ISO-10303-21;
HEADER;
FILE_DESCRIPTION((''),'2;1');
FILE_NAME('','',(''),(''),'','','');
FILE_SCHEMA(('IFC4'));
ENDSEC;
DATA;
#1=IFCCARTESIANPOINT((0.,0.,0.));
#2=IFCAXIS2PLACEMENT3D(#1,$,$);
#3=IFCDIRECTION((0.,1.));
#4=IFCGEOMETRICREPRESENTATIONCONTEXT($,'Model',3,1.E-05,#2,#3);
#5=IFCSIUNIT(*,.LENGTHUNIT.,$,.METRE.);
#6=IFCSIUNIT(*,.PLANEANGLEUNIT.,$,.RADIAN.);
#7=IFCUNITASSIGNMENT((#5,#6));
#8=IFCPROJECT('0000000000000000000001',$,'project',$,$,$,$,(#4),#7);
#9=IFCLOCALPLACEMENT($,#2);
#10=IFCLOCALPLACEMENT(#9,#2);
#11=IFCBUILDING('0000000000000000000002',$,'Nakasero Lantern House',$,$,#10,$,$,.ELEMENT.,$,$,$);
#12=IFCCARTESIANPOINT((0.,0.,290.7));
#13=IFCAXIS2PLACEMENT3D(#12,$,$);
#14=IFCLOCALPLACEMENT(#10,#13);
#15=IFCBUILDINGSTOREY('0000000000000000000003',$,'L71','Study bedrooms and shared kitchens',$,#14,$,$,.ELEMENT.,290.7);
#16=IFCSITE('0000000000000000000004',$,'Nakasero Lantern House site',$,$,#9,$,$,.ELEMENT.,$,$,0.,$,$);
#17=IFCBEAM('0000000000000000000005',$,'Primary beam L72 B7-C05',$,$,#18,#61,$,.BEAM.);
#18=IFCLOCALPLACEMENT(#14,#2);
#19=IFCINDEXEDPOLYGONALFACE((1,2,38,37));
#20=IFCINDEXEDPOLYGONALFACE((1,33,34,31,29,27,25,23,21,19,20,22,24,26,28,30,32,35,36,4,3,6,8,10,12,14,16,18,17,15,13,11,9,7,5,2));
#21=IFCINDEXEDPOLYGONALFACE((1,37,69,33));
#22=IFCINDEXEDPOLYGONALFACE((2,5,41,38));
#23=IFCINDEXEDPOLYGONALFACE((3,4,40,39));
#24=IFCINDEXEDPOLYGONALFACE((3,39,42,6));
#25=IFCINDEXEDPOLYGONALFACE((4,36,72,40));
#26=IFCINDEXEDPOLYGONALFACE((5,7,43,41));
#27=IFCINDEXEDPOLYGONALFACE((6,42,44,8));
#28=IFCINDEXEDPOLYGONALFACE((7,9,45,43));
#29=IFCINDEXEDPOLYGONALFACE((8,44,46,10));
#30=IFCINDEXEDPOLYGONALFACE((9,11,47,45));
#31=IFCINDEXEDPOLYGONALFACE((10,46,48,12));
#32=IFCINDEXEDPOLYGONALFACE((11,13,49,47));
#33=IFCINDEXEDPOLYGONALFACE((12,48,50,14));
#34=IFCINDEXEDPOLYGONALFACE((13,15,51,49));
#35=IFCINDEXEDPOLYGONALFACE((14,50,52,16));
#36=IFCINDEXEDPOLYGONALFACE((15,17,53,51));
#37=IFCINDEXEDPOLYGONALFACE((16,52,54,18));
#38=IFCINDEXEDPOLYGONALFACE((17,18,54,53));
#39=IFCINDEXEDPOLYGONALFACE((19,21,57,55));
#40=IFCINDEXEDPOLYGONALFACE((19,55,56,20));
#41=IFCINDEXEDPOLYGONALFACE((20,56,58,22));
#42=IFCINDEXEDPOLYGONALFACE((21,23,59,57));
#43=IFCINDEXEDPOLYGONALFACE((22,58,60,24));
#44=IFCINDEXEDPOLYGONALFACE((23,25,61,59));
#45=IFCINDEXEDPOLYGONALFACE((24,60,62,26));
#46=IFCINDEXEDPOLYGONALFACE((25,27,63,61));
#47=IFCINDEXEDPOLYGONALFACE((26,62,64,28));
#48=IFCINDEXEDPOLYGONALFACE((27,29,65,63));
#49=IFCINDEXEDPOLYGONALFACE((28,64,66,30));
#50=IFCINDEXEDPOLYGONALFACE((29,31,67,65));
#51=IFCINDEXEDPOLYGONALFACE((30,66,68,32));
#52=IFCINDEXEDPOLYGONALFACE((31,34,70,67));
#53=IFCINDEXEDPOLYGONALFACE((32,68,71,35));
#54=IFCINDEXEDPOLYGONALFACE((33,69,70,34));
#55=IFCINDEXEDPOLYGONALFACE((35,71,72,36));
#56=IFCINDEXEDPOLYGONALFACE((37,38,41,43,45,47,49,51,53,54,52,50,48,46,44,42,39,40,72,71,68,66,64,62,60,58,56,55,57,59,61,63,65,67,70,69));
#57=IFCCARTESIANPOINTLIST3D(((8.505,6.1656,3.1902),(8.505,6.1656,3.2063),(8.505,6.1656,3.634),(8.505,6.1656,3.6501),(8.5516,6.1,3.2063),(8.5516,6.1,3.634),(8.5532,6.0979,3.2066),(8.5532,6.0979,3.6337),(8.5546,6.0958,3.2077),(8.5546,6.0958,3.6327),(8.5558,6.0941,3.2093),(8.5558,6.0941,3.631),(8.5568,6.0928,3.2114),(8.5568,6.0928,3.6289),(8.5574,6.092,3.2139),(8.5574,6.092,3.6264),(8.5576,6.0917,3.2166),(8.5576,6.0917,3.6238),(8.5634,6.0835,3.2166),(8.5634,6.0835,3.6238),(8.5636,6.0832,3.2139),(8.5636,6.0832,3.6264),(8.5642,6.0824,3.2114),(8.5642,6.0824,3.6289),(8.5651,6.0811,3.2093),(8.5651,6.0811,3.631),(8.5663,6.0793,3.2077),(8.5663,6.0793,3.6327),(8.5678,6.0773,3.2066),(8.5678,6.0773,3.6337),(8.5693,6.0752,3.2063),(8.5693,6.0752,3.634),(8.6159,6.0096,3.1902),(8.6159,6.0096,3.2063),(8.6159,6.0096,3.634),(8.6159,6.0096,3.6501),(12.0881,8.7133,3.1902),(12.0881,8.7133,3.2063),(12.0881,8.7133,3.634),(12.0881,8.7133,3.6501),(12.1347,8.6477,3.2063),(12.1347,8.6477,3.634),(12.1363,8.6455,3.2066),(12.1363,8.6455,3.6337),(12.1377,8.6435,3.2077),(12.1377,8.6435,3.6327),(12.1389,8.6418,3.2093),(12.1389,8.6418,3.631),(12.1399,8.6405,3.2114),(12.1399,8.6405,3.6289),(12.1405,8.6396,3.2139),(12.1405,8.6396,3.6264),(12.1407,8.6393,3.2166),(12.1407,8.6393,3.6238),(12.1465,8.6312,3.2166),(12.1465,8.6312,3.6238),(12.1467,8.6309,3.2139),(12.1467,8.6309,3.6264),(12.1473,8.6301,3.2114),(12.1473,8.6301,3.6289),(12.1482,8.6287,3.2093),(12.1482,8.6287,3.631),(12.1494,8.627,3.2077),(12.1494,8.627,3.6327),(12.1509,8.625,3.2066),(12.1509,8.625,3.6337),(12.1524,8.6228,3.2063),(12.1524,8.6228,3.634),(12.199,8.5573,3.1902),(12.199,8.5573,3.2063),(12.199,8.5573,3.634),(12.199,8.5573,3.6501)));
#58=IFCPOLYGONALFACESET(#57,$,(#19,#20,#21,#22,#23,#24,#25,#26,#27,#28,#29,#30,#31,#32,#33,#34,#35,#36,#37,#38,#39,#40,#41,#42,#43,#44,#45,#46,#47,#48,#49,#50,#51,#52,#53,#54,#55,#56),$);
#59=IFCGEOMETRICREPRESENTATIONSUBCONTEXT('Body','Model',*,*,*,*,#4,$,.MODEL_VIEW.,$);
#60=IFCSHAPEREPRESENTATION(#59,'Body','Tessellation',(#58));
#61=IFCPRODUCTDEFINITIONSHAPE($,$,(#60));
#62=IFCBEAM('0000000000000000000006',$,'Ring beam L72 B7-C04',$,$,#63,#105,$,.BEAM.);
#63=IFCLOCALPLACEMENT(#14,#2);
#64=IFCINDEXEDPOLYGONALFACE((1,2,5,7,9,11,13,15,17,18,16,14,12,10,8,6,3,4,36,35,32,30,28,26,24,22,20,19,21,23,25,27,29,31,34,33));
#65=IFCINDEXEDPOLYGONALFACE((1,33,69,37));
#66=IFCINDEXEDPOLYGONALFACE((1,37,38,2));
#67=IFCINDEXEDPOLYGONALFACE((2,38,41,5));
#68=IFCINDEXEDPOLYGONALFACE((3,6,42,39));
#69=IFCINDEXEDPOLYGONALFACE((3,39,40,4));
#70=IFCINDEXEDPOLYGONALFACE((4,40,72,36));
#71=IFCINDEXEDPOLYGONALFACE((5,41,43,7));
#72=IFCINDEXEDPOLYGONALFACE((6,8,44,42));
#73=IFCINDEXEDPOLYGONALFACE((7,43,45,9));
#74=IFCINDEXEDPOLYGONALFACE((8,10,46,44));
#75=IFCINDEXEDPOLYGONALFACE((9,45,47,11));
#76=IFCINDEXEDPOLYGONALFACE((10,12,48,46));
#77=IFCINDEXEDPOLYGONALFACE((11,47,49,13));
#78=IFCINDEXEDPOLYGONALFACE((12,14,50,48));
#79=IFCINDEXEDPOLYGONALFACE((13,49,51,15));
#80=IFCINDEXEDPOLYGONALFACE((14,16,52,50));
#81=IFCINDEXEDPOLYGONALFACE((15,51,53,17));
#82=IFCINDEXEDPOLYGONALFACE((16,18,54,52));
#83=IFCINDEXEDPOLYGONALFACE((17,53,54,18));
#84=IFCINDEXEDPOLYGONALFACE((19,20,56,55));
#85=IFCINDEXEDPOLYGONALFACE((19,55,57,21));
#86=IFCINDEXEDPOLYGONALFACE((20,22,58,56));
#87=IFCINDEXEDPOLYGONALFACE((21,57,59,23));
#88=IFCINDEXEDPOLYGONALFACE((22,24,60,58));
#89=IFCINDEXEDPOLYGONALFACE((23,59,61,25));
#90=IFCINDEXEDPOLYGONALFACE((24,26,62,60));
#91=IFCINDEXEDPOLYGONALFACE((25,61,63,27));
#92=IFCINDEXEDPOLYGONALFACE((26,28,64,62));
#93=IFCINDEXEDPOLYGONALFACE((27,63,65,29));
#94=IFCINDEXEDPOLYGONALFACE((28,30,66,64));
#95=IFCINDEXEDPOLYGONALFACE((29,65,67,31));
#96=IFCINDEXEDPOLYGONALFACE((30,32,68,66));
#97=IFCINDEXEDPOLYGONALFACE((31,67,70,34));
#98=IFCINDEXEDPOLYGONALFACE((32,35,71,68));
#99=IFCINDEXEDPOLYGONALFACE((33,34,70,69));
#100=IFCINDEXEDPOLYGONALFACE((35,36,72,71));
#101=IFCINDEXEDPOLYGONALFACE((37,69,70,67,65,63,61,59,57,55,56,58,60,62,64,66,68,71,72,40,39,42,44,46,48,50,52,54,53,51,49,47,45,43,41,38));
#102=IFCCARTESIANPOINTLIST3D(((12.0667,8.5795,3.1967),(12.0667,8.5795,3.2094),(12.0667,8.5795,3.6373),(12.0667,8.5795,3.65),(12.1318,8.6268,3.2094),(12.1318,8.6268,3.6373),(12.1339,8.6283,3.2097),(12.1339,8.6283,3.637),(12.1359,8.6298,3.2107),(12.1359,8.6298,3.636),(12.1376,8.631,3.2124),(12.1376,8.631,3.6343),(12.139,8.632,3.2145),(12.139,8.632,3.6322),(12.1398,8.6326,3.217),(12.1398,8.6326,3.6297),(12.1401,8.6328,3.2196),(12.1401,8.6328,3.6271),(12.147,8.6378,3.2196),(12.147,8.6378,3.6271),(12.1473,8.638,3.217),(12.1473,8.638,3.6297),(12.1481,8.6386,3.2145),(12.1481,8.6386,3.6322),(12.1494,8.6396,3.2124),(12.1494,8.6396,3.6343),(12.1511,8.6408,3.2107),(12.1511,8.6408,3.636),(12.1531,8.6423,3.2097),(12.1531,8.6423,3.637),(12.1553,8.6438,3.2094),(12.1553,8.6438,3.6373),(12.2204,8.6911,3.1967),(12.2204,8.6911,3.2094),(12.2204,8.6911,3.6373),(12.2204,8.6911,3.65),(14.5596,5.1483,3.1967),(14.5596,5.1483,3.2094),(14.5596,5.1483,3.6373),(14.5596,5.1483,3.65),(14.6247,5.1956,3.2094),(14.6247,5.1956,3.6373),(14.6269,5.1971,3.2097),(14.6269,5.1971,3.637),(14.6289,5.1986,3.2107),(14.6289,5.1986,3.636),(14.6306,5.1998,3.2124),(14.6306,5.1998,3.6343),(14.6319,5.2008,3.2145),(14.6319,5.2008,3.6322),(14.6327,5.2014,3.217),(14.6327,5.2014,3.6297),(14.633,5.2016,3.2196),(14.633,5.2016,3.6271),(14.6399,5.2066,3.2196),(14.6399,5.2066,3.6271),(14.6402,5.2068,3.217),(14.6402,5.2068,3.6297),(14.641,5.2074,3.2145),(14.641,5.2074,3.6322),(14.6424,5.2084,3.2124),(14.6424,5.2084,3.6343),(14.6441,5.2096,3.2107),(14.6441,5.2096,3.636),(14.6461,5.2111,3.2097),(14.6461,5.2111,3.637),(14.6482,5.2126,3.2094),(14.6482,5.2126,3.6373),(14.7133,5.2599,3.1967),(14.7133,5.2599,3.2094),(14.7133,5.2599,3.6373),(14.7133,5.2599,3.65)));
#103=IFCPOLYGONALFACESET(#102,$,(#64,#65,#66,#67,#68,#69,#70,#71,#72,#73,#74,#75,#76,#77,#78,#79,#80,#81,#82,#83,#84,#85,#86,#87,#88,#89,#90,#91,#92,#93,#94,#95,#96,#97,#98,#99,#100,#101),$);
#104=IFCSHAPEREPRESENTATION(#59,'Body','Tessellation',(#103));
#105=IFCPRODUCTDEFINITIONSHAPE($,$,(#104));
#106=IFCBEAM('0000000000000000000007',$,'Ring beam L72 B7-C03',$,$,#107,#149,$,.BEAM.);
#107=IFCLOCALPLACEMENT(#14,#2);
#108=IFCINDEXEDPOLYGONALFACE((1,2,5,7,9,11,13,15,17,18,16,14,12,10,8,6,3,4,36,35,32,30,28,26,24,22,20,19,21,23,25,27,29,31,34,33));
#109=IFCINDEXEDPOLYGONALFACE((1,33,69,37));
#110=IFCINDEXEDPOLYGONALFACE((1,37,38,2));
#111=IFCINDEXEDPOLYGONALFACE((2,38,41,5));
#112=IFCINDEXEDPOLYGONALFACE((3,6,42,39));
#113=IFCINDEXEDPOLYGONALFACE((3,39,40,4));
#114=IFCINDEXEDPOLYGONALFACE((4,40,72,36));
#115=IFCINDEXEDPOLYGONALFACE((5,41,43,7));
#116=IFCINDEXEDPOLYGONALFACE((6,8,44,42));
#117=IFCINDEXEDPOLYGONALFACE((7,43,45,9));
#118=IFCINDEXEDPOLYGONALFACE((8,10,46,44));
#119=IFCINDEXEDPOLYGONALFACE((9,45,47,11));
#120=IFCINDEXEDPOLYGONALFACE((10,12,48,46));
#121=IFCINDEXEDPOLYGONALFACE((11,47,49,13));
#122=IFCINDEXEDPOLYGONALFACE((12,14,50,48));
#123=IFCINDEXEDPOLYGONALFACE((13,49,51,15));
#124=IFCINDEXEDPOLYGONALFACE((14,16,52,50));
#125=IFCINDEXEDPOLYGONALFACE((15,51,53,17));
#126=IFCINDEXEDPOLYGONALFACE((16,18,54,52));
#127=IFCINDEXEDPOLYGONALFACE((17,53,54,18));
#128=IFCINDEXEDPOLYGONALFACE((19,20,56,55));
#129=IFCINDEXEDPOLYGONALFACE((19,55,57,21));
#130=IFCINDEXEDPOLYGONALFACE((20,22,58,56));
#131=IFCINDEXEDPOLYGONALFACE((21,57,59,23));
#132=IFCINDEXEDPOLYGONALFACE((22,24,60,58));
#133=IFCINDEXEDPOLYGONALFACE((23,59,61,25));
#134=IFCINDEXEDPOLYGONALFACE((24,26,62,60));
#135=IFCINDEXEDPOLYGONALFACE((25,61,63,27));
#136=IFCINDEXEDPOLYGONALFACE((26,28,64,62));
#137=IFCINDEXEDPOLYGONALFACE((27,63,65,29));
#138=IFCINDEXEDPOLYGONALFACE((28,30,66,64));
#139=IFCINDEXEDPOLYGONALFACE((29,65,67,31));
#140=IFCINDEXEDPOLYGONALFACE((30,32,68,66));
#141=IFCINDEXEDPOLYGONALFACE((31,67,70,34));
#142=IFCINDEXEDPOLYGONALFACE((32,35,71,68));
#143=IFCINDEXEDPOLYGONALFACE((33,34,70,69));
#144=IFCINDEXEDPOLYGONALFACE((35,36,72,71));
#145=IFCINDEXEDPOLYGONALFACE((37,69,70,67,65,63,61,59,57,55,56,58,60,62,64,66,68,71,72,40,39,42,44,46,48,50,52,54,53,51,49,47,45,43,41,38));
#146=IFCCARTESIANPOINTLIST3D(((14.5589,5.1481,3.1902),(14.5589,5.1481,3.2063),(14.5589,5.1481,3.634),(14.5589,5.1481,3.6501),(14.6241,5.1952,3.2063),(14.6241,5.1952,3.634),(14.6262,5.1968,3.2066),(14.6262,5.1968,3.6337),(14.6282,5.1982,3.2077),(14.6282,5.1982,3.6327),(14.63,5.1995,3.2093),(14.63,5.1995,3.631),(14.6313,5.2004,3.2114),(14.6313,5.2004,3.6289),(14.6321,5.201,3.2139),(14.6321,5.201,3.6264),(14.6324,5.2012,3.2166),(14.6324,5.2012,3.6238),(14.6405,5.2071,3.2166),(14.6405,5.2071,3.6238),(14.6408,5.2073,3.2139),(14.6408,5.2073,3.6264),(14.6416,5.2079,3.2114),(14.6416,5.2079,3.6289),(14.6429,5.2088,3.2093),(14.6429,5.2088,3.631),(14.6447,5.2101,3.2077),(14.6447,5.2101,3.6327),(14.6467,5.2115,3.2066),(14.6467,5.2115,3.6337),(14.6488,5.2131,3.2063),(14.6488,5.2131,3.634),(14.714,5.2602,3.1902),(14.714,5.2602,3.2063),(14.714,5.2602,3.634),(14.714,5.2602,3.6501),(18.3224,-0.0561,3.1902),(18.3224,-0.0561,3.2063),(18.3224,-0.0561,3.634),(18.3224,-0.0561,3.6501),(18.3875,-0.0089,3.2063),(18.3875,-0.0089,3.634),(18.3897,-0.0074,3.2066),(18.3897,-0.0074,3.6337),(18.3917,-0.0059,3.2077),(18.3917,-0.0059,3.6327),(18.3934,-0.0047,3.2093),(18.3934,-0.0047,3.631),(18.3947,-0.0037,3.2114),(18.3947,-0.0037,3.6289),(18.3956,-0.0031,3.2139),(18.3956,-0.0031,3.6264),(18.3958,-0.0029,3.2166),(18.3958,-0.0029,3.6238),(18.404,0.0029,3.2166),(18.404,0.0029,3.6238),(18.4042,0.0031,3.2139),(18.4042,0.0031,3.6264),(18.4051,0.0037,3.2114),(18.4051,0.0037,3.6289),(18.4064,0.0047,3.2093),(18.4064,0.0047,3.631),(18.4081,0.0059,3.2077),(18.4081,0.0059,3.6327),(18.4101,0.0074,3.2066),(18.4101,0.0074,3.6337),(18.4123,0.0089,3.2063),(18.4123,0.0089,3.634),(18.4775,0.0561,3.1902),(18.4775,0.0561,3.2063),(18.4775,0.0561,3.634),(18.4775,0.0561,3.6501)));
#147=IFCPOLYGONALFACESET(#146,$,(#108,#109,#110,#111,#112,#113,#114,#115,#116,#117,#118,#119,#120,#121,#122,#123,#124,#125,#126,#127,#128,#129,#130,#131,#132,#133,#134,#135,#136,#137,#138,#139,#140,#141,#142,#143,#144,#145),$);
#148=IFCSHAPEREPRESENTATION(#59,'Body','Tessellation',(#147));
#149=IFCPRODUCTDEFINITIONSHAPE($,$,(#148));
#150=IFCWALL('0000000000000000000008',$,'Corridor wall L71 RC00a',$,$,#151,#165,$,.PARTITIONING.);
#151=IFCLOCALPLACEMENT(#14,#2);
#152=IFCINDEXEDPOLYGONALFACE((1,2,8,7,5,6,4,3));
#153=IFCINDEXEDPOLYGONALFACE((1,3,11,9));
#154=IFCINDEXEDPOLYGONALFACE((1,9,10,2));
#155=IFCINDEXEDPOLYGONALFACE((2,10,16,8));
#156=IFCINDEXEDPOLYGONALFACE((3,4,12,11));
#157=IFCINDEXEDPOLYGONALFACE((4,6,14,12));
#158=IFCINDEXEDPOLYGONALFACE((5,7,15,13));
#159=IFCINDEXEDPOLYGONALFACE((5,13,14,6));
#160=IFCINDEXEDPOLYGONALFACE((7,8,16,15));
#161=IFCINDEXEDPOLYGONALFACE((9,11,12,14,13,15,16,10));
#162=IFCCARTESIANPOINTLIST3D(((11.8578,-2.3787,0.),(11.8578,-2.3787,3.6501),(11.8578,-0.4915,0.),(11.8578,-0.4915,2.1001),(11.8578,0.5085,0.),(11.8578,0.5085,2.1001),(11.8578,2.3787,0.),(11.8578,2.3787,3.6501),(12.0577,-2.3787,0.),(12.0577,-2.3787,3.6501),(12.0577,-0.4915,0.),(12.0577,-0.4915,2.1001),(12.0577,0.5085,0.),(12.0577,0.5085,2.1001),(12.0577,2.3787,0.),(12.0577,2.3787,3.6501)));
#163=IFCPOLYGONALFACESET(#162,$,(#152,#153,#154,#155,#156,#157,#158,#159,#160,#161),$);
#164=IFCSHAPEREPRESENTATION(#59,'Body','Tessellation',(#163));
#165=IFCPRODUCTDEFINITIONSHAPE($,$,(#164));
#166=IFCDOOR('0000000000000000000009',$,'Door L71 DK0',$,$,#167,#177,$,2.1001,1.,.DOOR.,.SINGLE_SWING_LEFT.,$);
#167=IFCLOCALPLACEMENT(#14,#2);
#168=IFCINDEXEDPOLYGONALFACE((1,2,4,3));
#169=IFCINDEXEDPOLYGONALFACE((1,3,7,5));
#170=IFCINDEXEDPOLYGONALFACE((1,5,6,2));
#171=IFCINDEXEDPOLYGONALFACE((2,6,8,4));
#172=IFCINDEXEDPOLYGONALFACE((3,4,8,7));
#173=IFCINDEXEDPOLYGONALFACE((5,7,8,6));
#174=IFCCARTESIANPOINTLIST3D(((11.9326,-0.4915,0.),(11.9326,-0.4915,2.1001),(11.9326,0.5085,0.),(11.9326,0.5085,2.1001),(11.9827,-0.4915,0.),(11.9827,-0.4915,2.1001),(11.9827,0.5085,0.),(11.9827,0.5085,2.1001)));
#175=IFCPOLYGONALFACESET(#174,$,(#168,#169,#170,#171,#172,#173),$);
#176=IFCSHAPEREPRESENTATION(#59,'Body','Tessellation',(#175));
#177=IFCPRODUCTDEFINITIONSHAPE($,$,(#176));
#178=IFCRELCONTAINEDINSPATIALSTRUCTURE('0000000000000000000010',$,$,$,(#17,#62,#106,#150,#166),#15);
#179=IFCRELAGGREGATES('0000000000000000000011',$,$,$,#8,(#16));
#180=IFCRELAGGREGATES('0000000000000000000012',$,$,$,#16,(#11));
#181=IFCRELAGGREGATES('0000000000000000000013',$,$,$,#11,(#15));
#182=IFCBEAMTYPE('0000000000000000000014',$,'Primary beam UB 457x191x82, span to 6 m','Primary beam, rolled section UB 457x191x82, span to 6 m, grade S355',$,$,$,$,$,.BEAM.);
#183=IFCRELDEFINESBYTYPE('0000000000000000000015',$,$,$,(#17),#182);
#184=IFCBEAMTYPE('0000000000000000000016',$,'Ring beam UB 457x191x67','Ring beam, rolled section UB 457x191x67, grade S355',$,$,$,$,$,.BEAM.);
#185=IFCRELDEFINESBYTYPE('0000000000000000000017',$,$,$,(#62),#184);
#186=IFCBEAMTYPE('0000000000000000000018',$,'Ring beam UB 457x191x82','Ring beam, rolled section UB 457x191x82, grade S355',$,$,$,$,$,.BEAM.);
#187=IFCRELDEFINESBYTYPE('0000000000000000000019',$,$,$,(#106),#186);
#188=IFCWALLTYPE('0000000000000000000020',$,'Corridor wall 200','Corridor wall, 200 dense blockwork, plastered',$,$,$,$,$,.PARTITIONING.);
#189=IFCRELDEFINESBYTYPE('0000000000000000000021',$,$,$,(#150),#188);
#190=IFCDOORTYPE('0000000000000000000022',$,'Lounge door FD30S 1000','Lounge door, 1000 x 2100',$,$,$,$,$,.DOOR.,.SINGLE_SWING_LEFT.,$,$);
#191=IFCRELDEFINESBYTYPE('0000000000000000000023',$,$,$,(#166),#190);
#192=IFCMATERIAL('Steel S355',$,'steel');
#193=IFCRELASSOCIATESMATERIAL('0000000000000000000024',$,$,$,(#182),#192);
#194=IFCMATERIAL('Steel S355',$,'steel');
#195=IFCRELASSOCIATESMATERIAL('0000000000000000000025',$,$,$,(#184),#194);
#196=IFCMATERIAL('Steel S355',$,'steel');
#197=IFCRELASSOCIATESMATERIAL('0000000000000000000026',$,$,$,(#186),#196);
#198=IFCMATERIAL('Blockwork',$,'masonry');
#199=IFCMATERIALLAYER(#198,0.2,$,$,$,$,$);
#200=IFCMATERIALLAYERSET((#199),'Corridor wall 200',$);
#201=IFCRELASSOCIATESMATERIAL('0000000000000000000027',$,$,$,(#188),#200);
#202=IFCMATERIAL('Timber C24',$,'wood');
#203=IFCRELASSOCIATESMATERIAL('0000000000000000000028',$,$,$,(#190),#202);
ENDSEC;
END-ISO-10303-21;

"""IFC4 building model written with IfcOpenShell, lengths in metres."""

from ifc_helpers import new_model, si_unit, direction, frame, frame_2d, origin, origin_2d, place, context, subcontext, project, spatial, rectangle, i_section, extrude, material, layer, layer_set, material_profile, profile_set, type_object, element, fill, save


model = new_model("IFC4")

# Units and contexts
model_context = context("Model", 3, precision=1e-05, world=origin(), true_north=direction((0.0, 1.0)))
body_context = subcontext(model_context, "Body", "Model", "MODEL_VIEW")
ifc_project = project(units=[si_unit("LENGTHUNIT", "METRE"), si_unit("PLANEANGLEUNIT", "RADIAN")], contexts=[model_context])

# Site, building, storey
site_placement = place(None, origin())
site = spatial("IfcSite", under=ifc_project, at=site_placement, Name="Nakasero Lantern House site", CompositionType="ELEMENT", RefElevation=0.0)
building_placement = place(site_placement, origin())
building = spatial("IfcBuilding", under=site, at=building_placement, Name="Nakasero Lantern House", CompositionType="ELEMENT")
storey_placement = place(building_placement, frame((0.0, 0.0, 290.7)))
storey = spatial("IfcBuildingStorey", under=building, at=storey_placement, Name="L71", Description="Study bedrooms and shared kitchens", CompositionType="ELEMENT", Elevation=290.7)

# Beams
ifc_material_1 = material(Name="Steel S355", Category="steel")
ifc_material_profile_1 = material_profile(ifc_material_1, i_section(OverallWidth=0.1914, OverallDepth=0.46, WebThickness=0.01, FlangeThickness=0.0161, FilletRadius=0.0103, at=origin_2d()), Name="UB 457x191x82")
ifc_profile_set_1 = profile_set([ifc_material_profile_1], Name="Steel S355")
beam_type_1 = type_object("IfcBeamType", Name="Primary beam UB 457x191x82, span to 6 m", Description="Primary beam, rolled section UB 457x191x82, span to 6 m, grade S355", PredefinedType="BEAM", material=ifc_profile_set_1)
beam_1_placement = place(storey_placement, frame((12.1436, 8.6353, 3.4202), z_axis=(-0.814989, -0.579477, 0.0), x_axis=(0.579477, -0.814989, 0.0)))
element("IfcBeam", 1, at=beam_1_placement, inside=storey, type_object=beam_type_1, Name="Primary beam L72 B7-C05", PredefinedType="BEAM", context=body_context, shape_type="SweptSolid", body=[
    extrude(i_section(OverallWidth=0.1914, OverallDepth=0.46, WebThickness=0.01, FlangeThickness=0.0161, FilletRadius=0.0103, at=origin_2d()), origin(), (0.0, 0.0, 1.0), 4.3965),
])
ifc_material_2 = material(Name="Steel S355", Category="steel")
ifc_material_profile_2 = material_profile(ifc_material_2, i_section(OverallWidth=0.1899, OverallDepth=0.4534, WebThickness=0.0085, FlangeThickness=0.0127, FilletRadius=0.0103, at=origin_2d()), Name="UB 457x191x67")
ifc_profile_set_2 = profile_set([ifc_material_profile_2], Name="Steel S355")
beam_type_2 = type_object("IfcBeamType", Name="Ring beam UB 457x191x67", Description="Ring beam, rolled section UB 457x191x67, grade S355", PredefinedType="BEAM", material=ifc_profile_set_2)
beam_2_placement = place(storey_placement, frame((14.6365, 5.2041, 3.4233), z_axis=(-0.587792, 0.809012, 0.0), x_axis=(-0.809012, -0.587792, 0.0)))
element("IfcBeam", 2, at=beam_2_placement, inside=storey, type_object=beam_type_2, Name="Ring beam L72 B7-C04", PredefinedType="BEAM", context=body_context, shape_type="SweptSolid", body=[
    extrude(i_section(OverallWidth=0.1899, OverallDepth=0.4534, WebThickness=0.0085, FlangeThickness=0.0127, FilletRadius=0.0103, at=origin_2d()), origin(), (0.0, 0.0, 1.0), 4.2412),
])
ifc_material_3 = material(Name="Steel S355", Category="steel")
ifc_material_profile_3 = material_profile(ifc_material_3, i_section(OverallWidth=0.1914, OverallDepth=0.46, WebThickness=0.01, FlangeThickness=0.0161, FilletRadius=0.0103, at=origin_2d()), Name="UB 457x191x82")
ifc_profile_set_3 = profile_set([ifc_material_profile_3], Name="Steel S355")
beam_type_3 = type_object("IfcBeamType", Name="Ring beam UB 457x191x82", Description="Ring beam, rolled section UB 457x191x82, grade S355", PredefinedType="BEAM", material=ifc_profile_set_3)
beam_3_placement = place(storey_placement, frame((18.3999, 0.0, 3.4202), z_axis=(-0.585993, 0.810316, 0.0), x_axis=(-0.810316, -0.585993, 0.0)))
element("IfcBeam", 3, at=beam_3_placement, inside=storey, type_object=beam_type_3, Name="Ring beam L72 B7-C03", PredefinedType="BEAM", context=body_context, shape_type="SweptSolid", body=[
    extrude(i_section(OverallWidth=0.1914, OverallDepth=0.46, WebThickness=0.01, FlangeThickness=0.0161, FilletRadius=0.0103, at=origin_2d()), origin(), (0.0, 0.0, 1.0), 6.4224),
])

# Wall, opening, door
ifc_material_4 = material(Name="Blockwork", Category="masonry")
ifc_layer_1 = layer(ifc_material_4, 0.2)
ifc_layer_set_1 = layer_set([ifc_layer_1], Name="Corridor wall 200")
wall_type_1 = type_object("IfcWallType", Name="Corridor wall 200", Description="Corridor wall, 200 dense blockwork, plastered", PredefinedType="PARTITIONING", material=ifc_layer_set_1)
wall_1_placement = place(storey_placement, frame((11.9578, 2.3787, 0.0), z_axis=(0.0, 0.0, 1.0), x_axis=(0.0, -1.0, 0.0)))
wall_1 = element("IfcWall", 4, at=wall_1_placement, inside=storey, type_object=wall_type_1, Name="Corridor wall L71 RC00a", PredefinedType="PARTITIONING", context=body_context, shape_type="SweptSolid", body=[
    extrude(rectangle(XDim=4.7573, YDim=0.2, at=frame_2d((2.3787, 0.0))), origin(), (0.0, 0.0, 1.0), 3.6501),
])
opening_1_placement = place(wall_1_placement, frame((1.8701, 0.0, 0.0)))
opening_1 = element("IfcOpeningElement", 5, at=opening_1_placement, cuts=wall_1, PredefinedType="OPENING", context=body_context, shape_type="SweptSolid", body=[
    extrude(rectangle(XDim=1.0, YDim=2.1001, at=frame_2d((0.5, 1.05))), frame((0.0, 0.1199, 0.0), z_axis=(0.0, -1.0, 0.0), x_axis=(1.0, 0.0, 0.0)), (0.0, 0.0, 1.0), 0.24),
])
ifc_material_5 = material(Name="Timber C24", Category="wood")
door_type_1 = type_object("IfcDoorType", Name="Lounge door FD30S 1000", Description="Lounge door, 1000 x 2100", OperationType="SINGLE_SWING_LEFT", PredefinedType="DOOR", material=ifc_material_5)
door_1_placement = place(opening_1_placement, origin())
door_1 = element("IfcDoor", 6, at=door_1_placement, inside=storey, type_object=door_type_1, Name="Door L71 DK0", OperationType="SINGLE_SWING_LEFT", OverallHeight=2.1001, OverallWidth=1.0, PredefinedType="DOOR", context=body_context, shape_type="SweptSolid", body=[
    extrude(rectangle(XDim=1.0, YDim=2.1001, at=frame_2d((0.5, 1.05))), frame((0.0, 0.0249, 0.0), z_axis=(0.0, -1.0, 0.0), x_axis=(1.0, 0.0, 0.0)), (0.0, 0.0, 1.0), 0.05),
])
fill(opening_1, door_1)

save(model, "model.ifc")
